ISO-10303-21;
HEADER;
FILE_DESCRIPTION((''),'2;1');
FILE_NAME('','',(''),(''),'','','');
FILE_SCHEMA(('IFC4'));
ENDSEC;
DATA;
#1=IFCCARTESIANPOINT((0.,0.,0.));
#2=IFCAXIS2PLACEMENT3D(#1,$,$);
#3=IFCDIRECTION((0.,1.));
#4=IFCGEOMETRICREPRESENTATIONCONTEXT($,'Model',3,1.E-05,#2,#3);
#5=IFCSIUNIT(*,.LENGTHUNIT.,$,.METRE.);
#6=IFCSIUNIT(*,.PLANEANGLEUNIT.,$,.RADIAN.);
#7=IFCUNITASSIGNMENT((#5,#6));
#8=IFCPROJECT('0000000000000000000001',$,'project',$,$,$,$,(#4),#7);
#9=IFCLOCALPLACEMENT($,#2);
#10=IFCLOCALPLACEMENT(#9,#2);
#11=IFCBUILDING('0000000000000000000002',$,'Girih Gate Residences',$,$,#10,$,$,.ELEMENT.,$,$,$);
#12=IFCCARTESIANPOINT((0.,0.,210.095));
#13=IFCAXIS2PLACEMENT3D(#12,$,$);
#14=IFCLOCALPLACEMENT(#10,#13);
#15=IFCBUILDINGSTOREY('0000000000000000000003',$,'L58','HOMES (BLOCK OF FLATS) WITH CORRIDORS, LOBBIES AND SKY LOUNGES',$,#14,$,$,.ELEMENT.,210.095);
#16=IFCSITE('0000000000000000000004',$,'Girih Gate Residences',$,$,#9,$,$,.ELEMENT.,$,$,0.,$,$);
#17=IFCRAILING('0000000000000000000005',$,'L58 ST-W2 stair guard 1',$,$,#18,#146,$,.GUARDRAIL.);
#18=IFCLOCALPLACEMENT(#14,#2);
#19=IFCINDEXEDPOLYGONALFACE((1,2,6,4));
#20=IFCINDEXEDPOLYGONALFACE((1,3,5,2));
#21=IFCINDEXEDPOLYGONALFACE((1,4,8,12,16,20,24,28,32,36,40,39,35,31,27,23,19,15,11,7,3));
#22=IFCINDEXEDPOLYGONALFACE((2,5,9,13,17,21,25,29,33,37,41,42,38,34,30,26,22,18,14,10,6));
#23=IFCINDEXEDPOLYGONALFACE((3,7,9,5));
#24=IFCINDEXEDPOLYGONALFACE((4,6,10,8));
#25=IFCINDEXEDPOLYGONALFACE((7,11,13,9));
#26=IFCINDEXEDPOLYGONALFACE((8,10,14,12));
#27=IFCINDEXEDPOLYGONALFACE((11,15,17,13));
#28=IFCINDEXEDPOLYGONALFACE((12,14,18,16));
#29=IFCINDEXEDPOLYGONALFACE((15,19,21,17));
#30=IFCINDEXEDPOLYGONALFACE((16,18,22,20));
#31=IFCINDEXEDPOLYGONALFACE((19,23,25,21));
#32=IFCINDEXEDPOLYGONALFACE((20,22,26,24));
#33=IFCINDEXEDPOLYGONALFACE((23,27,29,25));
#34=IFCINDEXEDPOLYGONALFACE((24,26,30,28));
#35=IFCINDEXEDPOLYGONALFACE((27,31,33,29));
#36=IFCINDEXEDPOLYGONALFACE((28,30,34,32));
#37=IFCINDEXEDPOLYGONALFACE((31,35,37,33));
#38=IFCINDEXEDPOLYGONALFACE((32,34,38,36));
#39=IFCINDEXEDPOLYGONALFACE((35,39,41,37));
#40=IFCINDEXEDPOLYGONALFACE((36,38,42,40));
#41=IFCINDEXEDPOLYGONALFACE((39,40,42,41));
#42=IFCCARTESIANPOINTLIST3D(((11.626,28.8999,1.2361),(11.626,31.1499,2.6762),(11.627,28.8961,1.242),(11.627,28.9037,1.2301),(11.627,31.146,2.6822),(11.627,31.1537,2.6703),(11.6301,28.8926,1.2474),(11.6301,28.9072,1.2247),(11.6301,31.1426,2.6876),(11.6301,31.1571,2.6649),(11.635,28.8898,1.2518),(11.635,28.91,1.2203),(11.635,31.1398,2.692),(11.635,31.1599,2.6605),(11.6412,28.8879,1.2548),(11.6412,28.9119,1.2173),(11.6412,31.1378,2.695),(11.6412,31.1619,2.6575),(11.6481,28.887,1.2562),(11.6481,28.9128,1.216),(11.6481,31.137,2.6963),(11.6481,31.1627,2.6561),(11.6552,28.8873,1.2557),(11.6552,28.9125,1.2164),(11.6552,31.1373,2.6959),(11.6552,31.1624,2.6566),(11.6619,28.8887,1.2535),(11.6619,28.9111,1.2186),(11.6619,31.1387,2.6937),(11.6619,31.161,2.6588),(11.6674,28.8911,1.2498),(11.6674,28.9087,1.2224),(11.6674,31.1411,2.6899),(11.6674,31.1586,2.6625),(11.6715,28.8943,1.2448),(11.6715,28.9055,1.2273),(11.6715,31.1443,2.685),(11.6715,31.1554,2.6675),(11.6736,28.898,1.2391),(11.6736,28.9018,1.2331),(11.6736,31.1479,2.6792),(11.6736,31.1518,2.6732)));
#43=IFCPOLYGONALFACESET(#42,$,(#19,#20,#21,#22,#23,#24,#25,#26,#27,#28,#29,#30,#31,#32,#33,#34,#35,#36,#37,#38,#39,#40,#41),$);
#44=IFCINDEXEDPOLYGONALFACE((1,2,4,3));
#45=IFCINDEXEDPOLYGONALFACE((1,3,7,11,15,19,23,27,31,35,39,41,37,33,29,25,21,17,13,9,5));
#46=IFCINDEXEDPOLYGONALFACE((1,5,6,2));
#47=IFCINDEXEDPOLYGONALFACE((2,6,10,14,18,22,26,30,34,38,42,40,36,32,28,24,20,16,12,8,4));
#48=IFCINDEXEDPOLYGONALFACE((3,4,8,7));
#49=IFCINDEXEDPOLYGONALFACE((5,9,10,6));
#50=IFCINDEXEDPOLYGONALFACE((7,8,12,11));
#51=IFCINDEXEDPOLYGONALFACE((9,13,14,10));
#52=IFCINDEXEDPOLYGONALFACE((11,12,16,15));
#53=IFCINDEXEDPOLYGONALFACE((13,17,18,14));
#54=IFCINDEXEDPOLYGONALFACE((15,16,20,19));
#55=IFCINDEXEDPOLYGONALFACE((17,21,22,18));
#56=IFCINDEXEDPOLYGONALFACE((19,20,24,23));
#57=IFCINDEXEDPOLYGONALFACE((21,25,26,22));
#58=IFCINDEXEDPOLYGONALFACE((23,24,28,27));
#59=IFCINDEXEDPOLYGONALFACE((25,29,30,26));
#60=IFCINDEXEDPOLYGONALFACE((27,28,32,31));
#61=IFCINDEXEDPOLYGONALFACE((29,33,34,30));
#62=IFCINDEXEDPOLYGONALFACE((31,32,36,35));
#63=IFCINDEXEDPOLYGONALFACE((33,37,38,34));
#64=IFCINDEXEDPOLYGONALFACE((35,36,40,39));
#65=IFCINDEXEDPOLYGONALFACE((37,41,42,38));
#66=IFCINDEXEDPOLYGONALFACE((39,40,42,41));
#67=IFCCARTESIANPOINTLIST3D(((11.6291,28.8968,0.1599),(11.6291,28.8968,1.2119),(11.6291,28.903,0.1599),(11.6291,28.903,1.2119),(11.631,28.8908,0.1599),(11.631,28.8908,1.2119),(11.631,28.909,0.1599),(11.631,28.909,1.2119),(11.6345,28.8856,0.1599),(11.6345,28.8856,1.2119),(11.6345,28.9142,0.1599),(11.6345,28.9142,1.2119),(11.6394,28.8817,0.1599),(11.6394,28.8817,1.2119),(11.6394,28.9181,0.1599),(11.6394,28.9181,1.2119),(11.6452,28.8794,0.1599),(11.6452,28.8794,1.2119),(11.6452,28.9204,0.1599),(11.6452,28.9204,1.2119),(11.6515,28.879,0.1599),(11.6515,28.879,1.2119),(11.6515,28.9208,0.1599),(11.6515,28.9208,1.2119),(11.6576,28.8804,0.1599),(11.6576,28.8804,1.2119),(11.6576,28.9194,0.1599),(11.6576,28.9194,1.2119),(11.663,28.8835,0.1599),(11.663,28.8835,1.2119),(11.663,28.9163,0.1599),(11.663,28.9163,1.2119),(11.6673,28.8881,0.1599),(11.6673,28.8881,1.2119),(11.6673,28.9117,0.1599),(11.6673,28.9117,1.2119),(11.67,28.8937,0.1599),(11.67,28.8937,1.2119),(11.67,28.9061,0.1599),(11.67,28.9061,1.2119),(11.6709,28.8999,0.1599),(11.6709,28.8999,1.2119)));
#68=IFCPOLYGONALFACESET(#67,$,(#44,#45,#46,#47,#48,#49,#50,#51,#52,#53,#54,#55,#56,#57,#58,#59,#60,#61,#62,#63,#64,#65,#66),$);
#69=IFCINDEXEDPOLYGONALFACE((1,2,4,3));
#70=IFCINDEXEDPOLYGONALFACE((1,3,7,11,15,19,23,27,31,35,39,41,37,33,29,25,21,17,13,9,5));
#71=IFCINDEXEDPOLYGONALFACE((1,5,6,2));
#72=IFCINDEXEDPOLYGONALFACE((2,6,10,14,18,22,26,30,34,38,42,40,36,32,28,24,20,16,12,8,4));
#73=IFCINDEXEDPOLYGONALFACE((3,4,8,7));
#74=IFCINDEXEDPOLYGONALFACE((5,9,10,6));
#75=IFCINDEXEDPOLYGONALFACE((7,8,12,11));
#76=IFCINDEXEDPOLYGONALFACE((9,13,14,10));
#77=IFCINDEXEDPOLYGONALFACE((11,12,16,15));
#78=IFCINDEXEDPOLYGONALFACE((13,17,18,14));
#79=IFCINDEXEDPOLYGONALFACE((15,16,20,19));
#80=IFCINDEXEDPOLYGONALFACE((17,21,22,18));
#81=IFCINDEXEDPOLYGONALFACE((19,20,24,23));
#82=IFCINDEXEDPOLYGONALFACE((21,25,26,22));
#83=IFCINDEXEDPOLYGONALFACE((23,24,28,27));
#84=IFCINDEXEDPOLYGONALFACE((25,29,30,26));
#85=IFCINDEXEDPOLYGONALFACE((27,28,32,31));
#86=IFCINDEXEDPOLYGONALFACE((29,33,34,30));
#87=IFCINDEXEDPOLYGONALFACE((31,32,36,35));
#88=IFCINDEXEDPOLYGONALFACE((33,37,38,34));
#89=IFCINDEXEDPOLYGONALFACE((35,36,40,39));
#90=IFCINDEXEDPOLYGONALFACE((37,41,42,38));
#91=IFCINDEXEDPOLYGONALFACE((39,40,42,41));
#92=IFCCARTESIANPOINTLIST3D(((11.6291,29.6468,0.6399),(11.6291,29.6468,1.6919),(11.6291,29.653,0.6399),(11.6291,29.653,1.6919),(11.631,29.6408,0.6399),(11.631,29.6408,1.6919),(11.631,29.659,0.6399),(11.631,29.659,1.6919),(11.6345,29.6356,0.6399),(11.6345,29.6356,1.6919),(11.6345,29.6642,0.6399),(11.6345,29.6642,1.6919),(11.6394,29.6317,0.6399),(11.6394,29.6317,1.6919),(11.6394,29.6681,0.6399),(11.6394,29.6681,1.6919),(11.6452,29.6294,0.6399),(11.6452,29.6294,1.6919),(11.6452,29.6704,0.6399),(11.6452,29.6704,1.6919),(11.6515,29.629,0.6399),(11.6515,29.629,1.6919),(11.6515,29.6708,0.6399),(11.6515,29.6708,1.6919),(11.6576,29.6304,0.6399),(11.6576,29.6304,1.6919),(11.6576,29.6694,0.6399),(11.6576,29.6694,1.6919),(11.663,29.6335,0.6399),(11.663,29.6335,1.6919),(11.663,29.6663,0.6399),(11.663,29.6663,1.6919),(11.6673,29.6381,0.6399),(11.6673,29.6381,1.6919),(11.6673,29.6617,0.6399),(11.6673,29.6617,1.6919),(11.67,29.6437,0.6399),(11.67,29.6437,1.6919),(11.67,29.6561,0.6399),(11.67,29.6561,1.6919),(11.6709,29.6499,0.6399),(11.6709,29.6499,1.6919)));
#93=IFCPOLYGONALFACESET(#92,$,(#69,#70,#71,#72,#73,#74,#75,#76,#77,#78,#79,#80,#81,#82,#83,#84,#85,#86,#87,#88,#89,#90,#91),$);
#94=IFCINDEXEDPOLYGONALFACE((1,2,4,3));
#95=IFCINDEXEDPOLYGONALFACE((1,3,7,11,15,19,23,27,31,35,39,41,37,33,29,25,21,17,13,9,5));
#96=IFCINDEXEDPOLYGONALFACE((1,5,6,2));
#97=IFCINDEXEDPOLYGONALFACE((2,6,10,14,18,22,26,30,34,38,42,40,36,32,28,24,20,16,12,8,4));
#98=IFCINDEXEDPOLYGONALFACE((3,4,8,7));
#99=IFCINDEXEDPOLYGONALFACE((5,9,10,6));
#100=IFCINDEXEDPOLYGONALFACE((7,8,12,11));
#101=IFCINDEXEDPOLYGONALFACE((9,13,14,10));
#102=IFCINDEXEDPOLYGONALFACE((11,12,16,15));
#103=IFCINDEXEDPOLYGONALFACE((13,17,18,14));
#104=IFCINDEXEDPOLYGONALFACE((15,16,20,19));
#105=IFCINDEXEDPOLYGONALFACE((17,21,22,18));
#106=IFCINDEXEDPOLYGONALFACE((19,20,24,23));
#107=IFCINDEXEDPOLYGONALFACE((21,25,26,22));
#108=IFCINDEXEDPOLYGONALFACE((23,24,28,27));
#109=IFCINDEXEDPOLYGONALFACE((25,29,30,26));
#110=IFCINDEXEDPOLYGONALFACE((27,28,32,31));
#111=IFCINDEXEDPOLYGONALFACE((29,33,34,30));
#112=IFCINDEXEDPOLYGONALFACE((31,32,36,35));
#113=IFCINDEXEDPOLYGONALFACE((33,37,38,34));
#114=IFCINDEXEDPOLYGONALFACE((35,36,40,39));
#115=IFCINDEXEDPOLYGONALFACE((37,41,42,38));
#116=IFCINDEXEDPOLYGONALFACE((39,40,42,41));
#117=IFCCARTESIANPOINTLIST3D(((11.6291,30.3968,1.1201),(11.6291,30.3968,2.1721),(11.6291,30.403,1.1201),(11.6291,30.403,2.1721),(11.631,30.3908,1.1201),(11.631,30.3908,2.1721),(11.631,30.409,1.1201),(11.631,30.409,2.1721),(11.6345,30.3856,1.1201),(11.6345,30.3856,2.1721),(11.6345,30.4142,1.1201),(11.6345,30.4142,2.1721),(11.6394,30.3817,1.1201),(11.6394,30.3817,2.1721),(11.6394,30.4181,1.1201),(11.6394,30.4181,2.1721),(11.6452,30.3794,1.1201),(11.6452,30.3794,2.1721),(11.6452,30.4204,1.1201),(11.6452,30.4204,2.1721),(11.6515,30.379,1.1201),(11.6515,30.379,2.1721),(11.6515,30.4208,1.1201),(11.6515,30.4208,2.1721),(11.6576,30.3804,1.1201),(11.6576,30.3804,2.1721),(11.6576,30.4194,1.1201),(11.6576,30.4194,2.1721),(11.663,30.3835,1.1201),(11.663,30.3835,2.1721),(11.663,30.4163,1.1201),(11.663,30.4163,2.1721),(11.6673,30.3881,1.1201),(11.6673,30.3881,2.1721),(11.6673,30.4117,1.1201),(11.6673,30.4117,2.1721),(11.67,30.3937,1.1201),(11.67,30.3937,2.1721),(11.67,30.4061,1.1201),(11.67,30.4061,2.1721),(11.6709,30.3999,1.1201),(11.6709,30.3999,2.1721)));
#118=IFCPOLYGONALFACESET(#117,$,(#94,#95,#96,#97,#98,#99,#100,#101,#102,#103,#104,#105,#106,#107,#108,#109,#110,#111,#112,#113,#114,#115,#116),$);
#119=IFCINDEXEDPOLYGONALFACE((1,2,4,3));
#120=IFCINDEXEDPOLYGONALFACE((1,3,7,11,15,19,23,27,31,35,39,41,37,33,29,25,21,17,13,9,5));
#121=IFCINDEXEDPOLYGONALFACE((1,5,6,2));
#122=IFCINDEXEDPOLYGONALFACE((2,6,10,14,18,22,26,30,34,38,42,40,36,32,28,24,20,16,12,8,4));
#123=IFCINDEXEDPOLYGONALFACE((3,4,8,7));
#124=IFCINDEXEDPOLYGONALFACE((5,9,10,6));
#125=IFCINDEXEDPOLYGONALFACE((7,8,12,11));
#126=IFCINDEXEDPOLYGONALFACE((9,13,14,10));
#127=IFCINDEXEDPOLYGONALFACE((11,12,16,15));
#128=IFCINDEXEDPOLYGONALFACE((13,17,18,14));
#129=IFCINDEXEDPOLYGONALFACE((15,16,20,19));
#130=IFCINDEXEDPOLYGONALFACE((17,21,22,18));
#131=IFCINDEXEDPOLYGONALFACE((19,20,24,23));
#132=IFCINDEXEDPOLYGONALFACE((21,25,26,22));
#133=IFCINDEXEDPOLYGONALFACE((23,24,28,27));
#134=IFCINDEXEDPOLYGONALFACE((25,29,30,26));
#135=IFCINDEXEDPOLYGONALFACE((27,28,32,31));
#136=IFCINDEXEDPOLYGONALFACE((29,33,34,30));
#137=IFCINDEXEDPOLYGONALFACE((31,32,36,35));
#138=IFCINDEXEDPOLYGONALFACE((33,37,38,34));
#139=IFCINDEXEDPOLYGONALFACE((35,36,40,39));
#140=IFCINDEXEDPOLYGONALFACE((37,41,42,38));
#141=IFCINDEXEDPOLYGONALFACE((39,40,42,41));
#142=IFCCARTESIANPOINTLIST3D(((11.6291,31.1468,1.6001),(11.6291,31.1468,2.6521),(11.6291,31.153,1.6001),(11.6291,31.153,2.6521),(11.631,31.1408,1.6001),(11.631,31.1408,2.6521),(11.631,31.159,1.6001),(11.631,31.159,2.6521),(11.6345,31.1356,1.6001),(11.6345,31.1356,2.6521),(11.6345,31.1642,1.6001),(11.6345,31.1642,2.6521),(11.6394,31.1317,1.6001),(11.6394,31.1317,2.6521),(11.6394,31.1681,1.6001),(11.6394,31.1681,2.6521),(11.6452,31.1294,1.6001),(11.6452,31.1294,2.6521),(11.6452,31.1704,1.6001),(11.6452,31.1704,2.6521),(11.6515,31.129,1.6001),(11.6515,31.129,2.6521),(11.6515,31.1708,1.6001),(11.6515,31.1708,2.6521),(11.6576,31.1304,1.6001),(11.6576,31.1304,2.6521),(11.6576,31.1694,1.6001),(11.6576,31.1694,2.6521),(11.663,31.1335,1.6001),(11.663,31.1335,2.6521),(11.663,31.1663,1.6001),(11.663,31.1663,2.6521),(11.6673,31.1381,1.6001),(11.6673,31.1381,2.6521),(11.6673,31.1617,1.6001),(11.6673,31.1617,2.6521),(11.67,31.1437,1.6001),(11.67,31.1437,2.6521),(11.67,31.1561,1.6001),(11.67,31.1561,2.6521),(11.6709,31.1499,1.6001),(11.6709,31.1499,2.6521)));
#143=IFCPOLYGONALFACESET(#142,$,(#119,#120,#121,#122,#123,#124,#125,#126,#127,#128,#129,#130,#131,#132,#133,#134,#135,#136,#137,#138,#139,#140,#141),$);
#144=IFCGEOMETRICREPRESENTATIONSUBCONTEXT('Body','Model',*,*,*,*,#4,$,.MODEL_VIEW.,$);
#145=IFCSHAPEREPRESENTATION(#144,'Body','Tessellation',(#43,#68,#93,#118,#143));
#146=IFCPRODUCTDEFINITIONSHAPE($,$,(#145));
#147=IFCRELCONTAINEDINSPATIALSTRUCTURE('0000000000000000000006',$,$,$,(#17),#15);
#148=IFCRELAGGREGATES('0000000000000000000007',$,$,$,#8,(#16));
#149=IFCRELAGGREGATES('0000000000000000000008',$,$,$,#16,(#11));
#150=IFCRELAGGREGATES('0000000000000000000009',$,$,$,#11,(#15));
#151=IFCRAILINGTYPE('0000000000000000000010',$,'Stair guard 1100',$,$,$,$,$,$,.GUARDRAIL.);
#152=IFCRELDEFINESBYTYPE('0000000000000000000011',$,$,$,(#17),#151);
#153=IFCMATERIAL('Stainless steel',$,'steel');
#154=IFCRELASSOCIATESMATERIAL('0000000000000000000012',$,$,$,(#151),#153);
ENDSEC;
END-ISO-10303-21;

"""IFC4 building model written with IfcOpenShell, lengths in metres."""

from ifc_helpers import new_model, si_unit, direction, frame, origin, origin_2d, place, context, subcontext, project, spatial, circle, extrude, material, type_object, element, save


model = new_model("IFC4")

# Units and contexts
model_context = context("Model", 3, precision=1e-05, world=origin(), true_north=direction((0.0, 1.0)))
body_context = subcontext(model_context, "Body", "Model", "MODEL_VIEW")
ifc_project = project(units=[si_unit("LENGTHUNIT", "METRE"), si_unit("PLANEANGLEUNIT", "RADIAN")], contexts=[model_context])

# Site, building, storey
site_placement = place(None, origin())
site = spatial("IfcSite", under=ifc_project, at=site_placement, Name="Girih Gate Residences", CompositionType="ELEMENT", RefElevation=0.0)
building_placement = place(site_placement, origin())
building = spatial("IfcBuilding", under=site, at=building_placement, Name="Girih Gate Residences", CompositionType="ELEMENT")
storey_placement = place(building_placement, frame((0.0, 0.0, 210.095)))
storey = spatial("IfcBuildingStorey", under=building, at=storey_placement, Name="L58", Description="HOMES (BLOCK OF FLATS) WITH CORRIDORS, LOBBIES AND SKY LOUNGES", CompositionType="ELEMENT", Elevation=210.095)

# Railing
ifc_material_1 = material(Name="Stainless steel", Category="steel")
railing_type_1 = type_object("IfcRailingType", Name="Stair guard 1100", PredefinedType="GUARDRAIL", material=ifc_material_1)
for number, where, name in (
    (1, (11.6499, 28.8999, 0.1599), "L58 ST-W2 stair guard 1"),
):
    element("IfcRailing", number, at=place(storey_placement, frame(where)), inside=storey, type_object=railing_type_1, Name=name, PredefinedType="GUARDRAIL", context=body_context, shape_type="SweptSolid", body=[
        extrude(circle(Radius=0.0239, at=origin_2d()), frame((0.0, 0.0, 1.0762), z_axis=(0.0, 0.84224, 0.539103), x_axis=(-1.0, 0.0, 0.0)), (0.0, 0.0, 1.0), 2.6714),
        extrude(circle(Radius=0.021, at=origin_2d()), origin(), (0.0, 0.0, 1.0), 1.052),
        extrude(circle(Radius=0.021, at=origin_2d()), frame((0.0, 0.75, 0.48)), (0.0, 0.0, 1.0), 1.052),
        extrude(circle(Radius=0.021, at=origin_2d()), frame((0.0, 1.5, 0.9602)), (0.0, 0.0, 1.0), 1.052),
        extrude(circle(Radius=0.021, at=origin_2d()), frame((0.0, 2.25, 1.4402)), (0.0, 0.0, 1.0), 1.052),
    ])

save(model, "model.ifc")
